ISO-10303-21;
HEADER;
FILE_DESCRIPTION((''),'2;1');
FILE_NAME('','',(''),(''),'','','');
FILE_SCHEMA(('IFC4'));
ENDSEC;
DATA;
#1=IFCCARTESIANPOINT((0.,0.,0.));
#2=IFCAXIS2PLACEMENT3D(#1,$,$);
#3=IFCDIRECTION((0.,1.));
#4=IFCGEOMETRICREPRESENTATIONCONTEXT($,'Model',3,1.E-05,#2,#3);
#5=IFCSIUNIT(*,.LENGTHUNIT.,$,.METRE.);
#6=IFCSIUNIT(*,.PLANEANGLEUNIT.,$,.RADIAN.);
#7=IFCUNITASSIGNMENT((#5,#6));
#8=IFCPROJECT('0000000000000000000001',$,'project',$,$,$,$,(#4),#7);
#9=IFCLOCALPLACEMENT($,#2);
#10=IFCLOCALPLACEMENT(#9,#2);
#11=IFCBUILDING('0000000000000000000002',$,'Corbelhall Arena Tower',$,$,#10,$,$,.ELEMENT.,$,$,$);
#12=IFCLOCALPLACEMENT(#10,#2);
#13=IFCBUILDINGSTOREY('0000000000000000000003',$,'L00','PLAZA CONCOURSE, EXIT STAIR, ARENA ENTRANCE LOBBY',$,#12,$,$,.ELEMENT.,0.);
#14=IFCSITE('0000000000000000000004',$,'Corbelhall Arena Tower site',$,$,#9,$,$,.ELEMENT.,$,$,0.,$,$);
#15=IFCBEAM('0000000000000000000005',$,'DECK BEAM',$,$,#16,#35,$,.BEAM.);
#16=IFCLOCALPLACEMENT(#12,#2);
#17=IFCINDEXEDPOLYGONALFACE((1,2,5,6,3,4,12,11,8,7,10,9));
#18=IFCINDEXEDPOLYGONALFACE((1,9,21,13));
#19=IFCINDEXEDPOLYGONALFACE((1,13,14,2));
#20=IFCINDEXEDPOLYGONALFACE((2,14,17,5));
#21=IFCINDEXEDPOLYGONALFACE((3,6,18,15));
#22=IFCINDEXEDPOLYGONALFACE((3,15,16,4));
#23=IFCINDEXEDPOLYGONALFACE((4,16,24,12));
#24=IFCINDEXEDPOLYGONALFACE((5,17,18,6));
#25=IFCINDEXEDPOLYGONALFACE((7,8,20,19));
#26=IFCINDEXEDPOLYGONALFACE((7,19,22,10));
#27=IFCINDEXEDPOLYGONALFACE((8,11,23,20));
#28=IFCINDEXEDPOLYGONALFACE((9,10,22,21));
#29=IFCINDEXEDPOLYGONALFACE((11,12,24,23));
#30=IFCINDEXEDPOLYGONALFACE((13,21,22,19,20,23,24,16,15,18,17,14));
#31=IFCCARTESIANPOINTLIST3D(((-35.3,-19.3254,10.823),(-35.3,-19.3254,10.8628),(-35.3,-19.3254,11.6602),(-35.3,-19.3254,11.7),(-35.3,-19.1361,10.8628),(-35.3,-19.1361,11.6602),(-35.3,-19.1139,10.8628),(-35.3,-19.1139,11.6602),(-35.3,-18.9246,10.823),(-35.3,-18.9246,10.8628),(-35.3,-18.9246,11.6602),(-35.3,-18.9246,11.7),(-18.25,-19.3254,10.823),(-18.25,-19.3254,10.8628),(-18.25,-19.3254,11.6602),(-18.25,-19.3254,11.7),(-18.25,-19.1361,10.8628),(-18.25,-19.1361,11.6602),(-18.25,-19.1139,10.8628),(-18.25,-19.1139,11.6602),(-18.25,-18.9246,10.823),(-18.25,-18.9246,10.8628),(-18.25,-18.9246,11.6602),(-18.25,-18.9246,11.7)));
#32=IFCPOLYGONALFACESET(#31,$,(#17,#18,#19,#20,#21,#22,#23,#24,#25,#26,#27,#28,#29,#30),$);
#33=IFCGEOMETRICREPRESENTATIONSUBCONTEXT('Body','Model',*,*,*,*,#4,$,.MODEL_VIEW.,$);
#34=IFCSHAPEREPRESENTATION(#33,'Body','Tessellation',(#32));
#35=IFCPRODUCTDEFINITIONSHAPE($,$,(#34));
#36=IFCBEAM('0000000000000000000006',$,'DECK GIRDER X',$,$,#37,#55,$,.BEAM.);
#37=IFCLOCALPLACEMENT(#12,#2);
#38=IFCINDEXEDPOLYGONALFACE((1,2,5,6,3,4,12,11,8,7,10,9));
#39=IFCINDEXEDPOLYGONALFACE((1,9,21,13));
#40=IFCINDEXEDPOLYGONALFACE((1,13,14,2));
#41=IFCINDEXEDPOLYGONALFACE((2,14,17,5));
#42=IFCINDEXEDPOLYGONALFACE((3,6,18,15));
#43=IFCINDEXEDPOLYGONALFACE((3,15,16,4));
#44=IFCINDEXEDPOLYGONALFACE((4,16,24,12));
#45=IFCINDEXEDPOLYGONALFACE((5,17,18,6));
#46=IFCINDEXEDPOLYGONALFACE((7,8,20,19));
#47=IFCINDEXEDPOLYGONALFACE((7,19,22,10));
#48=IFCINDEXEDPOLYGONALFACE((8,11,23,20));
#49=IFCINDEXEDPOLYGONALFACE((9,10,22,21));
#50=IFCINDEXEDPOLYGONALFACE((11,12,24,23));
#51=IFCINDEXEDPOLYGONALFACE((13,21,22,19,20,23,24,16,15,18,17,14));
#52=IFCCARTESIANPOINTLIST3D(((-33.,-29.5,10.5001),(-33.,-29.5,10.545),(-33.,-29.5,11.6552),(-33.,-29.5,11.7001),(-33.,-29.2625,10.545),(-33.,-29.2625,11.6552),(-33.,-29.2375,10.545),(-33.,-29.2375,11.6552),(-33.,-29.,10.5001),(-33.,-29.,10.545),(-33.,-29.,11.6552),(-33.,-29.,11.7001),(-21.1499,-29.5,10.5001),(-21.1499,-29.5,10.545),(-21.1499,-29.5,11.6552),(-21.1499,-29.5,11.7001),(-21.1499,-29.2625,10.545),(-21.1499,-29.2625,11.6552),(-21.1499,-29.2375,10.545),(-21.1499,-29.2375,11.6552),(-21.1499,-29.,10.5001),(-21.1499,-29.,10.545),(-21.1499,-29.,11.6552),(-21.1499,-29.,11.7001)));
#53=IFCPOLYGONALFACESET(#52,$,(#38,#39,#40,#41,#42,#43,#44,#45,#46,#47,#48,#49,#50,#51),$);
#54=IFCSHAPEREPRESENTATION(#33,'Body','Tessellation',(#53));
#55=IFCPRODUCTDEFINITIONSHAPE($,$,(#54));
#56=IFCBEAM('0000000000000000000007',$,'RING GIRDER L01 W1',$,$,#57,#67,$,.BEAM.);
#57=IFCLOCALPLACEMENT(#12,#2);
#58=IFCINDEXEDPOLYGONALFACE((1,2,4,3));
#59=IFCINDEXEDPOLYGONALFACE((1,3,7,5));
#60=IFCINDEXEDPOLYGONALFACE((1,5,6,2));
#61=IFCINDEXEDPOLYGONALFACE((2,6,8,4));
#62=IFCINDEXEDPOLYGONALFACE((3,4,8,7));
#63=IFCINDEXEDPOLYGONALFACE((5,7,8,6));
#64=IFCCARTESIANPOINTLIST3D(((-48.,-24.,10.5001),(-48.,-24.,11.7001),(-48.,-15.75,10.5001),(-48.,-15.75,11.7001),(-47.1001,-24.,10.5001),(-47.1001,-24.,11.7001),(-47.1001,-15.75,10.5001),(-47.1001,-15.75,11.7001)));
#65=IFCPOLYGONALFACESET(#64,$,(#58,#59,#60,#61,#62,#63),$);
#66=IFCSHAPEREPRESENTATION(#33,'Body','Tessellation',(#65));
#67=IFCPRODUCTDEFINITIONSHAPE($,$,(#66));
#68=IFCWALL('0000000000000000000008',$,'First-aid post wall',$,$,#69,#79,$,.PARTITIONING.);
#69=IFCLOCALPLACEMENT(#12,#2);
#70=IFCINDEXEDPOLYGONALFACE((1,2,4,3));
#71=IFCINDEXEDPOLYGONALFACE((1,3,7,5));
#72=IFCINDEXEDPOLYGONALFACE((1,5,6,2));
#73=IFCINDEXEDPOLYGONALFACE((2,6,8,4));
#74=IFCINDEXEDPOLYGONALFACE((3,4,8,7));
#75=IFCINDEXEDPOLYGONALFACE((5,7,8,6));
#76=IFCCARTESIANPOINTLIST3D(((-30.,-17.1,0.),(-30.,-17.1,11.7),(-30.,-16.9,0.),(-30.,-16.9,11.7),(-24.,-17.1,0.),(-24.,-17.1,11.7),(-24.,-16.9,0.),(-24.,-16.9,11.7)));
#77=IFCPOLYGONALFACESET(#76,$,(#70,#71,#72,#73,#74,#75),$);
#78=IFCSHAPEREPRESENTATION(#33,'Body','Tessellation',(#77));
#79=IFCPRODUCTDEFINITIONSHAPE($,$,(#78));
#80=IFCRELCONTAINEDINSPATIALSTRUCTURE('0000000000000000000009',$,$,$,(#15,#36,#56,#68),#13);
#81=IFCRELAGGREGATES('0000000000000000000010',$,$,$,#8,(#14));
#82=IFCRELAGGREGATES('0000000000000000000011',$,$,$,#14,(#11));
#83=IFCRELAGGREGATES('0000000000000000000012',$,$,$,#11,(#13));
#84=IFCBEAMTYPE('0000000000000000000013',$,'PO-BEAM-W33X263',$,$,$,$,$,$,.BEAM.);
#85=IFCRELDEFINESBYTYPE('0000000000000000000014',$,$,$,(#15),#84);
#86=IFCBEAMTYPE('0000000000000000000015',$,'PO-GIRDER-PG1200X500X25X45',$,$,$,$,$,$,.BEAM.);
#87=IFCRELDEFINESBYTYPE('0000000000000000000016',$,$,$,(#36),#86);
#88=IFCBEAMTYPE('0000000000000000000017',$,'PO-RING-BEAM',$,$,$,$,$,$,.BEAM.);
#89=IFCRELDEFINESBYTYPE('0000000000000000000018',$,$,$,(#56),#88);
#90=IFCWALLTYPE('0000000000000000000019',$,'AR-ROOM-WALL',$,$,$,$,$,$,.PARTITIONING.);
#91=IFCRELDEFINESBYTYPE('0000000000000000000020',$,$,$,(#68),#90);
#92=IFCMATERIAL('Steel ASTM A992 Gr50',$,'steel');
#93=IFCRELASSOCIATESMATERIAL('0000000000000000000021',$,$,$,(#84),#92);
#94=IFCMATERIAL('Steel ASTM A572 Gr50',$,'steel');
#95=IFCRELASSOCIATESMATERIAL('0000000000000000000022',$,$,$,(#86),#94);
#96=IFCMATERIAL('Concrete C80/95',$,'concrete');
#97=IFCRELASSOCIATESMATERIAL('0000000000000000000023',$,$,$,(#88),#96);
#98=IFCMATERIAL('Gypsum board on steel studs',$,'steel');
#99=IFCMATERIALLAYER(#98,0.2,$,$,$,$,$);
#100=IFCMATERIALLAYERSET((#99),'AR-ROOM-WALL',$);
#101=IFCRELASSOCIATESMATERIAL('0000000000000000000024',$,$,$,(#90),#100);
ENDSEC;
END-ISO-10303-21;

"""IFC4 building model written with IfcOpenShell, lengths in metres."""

from ifc_helpers import new_model, si_unit, direction, frame, frame_2d, origin, origin_2d, place, context, subcontext, project, spatial, rectangle, i_section, extrude, material, layer, layer_set, material_profile, profile_set, type_object, element, save


model = new_model("IFC4")

# Units and contexts
model_context = context("Model", 3, precision=1e-05, world=origin(), true_north=direction((0.0, 1.0)))
body_context = subcontext(model_context, "Body", "Model", "MODEL_VIEW")
ifc_project = project(units=[si_unit("LENGTHUNIT", "METRE"), si_unit("PLANEANGLEUNIT", "RADIAN")], contexts=[model_context])

# Site, building, storey
site_placement = place(None, origin())
site = spatial("IfcSite", under=ifc_project, at=site_placement, Name="Corbelhall Arena Tower site", CompositionType="ELEMENT", RefElevation=0.0)
building_placement = place(site_placement, origin())
building = spatial("IfcBuilding", under=site, at=building_placement, Name="Corbelhall Arena Tower", CompositionType="ELEMENT")
storey_placement = place(building_placement, origin())
storey = spatial("IfcBuildingStorey", under=building, at=storey_placement, Name="L00", Description="PLAZA CONCOURSE, EXIT STAIR, ARENA ENTRANCE LOBBY", CompositionType="ELEMENT", Elevation=0.0)

# Shared definitions
ifc_material_1 = material(Name="Steel ASTM A572 Gr50", Category="steel")

# Shared definitions
ifc_material_2 = material(Name="Concrete C80/95", Category="concrete")

# Beams
ifc_material_3 = material(Name="Steel ASTM A992 Gr50", Category="steel")
ifc_material_profile_1 = material_profile(ifc_material_3, i_section(OverallWidth=0.4009, OverallDepth=0.877, WebThickness=0.0222, FlangeThickness=0.0398, at=origin_2d()))
ifc_profile_set_1 = profile_set([ifc_material_profile_1], Name="Steel ASTM A992 Gr50")
beam_type_1 = type_object("IfcBeamType", Name="PO-BEAM-W33X263", PredefinedType="BEAM", material=ifc_profile_set_1)
beam_1_placement = place(storey_placement, frame((-35.3, -19.125, 11.2615), z_axis=(1.0, 0.0, 0.0), x_axis=(0.0, 1.0, 0.0)))
element("IfcBeam", 1, at=beam_1_placement, inside=storey, type_object=beam_type_1, Name="DECK BEAM", PredefinedType="BEAM", context=body_context, shape_type="SweptSolid", body=[
    extrude(i_section(OverallWidth=0.4009, OverallDepth=0.877, WebThickness=0.0222, FlangeThickness=0.0398, at=origin_2d()), origin(), (0.0, 0.0, 1.0), 17.05),
])
ifc_material_profile_2 = material_profile(ifc_material_1, i_section(OverallWidth=0.5, OverallDepth=1.2, WebThickness=0.0249, FlangeThickness=0.0449, at=origin_2d()))
ifc_profile_set_2 = profile_set([ifc_material_profile_2], Name="Steel ASTM A572 Gr50")
beam_type_2 = type_object("IfcBeamType", Name="PO-GIRDER-PG1200X500X25X45", PredefinedType="BEAM", material=ifc_profile_set_2)
beam_2_placement = place(storey_placement, frame((-33.0, -29.25, 11.1001), z_axis=(1.0, 0.0, 0.0), x_axis=(0.0, 1.0, 0.0)))
element("IfcBeam", 2, at=beam_2_placement, inside=storey, type_object=beam_type_2, Name="DECK GIRDER X", PredefinedType="BEAM", context=body_context, shape_type="SweptSolid", body=[
    extrude(i_section(OverallWidth=0.5, OverallDepth=1.2, WebThickness=0.0249, FlangeThickness=0.0449, at=origin_2d()), origin(), (0.0, 0.0, 1.0), 11.8501),
])
ifc_material_profile_3 = material_profile(ifc_material_2, rectangle(XDim=0.8999, YDim=1.2, at=origin_2d()))
ifc_profile_set_3 = profile_set([ifc_material_profile_3], Name="Concrete C80/95")
beam_type_3 = type_object("IfcBeamType", Name="PO-RING-BEAM", PredefinedType="BEAM", material=ifc_profile_set_3)
beam_3_placement = place(storey_placement, frame((-47.55, -24.0, 11.1001), z_axis=(0.0, 1.0, 0.0), x_axis=(-1.0, 0.0, 0.0)))
element("IfcBeam", 3, at=beam_3_placement, inside=storey, type_object=beam_type_3, Name="RING GIRDER L01 W1", PredefinedType="BEAM", context=body_context, shape_type="SweptSolid", body=[
    extrude(rectangle(XDim=0.8999, YDim=1.2, at=origin_2d()), origin(), (0.0, 0.0, 1.0), 8.25),
])

# Wall
ifc_material_4 = material(Name="Gypsum board on steel studs", Category="steel")
ifc_layer_1 = layer(ifc_material_4, 0.2)
ifc_layer_set_1 = layer_set([ifc_layer_1], Name="AR-ROOM-WALL")
wall_type_1 = type_object("IfcWallType", Name="AR-ROOM-WALL", PredefinedType="PARTITIONING", material=ifc_layer_set_1)
wall_1_placement = place(storey_placement, frame((-30.0, -17.0, 0.0), z_axis=(0.0, 0.0, 1.0), x_axis=(1.0, 0.0, 0.0)))
element("IfcWall", 4, at=wall_1_placement, inside=storey, type_object=wall_type_1, Name="First-aid post wall", PredefinedType="PARTITIONING", context=body_context, shape_type="SweptSolid", body=[
    extrude(rectangle(XDim=6.0, YDim=0.2, at=frame_2d((3.0, 0.0))), origin(), (0.0, 0.0, 1.0), 11.7),
])

save(model, "model.ifc")
